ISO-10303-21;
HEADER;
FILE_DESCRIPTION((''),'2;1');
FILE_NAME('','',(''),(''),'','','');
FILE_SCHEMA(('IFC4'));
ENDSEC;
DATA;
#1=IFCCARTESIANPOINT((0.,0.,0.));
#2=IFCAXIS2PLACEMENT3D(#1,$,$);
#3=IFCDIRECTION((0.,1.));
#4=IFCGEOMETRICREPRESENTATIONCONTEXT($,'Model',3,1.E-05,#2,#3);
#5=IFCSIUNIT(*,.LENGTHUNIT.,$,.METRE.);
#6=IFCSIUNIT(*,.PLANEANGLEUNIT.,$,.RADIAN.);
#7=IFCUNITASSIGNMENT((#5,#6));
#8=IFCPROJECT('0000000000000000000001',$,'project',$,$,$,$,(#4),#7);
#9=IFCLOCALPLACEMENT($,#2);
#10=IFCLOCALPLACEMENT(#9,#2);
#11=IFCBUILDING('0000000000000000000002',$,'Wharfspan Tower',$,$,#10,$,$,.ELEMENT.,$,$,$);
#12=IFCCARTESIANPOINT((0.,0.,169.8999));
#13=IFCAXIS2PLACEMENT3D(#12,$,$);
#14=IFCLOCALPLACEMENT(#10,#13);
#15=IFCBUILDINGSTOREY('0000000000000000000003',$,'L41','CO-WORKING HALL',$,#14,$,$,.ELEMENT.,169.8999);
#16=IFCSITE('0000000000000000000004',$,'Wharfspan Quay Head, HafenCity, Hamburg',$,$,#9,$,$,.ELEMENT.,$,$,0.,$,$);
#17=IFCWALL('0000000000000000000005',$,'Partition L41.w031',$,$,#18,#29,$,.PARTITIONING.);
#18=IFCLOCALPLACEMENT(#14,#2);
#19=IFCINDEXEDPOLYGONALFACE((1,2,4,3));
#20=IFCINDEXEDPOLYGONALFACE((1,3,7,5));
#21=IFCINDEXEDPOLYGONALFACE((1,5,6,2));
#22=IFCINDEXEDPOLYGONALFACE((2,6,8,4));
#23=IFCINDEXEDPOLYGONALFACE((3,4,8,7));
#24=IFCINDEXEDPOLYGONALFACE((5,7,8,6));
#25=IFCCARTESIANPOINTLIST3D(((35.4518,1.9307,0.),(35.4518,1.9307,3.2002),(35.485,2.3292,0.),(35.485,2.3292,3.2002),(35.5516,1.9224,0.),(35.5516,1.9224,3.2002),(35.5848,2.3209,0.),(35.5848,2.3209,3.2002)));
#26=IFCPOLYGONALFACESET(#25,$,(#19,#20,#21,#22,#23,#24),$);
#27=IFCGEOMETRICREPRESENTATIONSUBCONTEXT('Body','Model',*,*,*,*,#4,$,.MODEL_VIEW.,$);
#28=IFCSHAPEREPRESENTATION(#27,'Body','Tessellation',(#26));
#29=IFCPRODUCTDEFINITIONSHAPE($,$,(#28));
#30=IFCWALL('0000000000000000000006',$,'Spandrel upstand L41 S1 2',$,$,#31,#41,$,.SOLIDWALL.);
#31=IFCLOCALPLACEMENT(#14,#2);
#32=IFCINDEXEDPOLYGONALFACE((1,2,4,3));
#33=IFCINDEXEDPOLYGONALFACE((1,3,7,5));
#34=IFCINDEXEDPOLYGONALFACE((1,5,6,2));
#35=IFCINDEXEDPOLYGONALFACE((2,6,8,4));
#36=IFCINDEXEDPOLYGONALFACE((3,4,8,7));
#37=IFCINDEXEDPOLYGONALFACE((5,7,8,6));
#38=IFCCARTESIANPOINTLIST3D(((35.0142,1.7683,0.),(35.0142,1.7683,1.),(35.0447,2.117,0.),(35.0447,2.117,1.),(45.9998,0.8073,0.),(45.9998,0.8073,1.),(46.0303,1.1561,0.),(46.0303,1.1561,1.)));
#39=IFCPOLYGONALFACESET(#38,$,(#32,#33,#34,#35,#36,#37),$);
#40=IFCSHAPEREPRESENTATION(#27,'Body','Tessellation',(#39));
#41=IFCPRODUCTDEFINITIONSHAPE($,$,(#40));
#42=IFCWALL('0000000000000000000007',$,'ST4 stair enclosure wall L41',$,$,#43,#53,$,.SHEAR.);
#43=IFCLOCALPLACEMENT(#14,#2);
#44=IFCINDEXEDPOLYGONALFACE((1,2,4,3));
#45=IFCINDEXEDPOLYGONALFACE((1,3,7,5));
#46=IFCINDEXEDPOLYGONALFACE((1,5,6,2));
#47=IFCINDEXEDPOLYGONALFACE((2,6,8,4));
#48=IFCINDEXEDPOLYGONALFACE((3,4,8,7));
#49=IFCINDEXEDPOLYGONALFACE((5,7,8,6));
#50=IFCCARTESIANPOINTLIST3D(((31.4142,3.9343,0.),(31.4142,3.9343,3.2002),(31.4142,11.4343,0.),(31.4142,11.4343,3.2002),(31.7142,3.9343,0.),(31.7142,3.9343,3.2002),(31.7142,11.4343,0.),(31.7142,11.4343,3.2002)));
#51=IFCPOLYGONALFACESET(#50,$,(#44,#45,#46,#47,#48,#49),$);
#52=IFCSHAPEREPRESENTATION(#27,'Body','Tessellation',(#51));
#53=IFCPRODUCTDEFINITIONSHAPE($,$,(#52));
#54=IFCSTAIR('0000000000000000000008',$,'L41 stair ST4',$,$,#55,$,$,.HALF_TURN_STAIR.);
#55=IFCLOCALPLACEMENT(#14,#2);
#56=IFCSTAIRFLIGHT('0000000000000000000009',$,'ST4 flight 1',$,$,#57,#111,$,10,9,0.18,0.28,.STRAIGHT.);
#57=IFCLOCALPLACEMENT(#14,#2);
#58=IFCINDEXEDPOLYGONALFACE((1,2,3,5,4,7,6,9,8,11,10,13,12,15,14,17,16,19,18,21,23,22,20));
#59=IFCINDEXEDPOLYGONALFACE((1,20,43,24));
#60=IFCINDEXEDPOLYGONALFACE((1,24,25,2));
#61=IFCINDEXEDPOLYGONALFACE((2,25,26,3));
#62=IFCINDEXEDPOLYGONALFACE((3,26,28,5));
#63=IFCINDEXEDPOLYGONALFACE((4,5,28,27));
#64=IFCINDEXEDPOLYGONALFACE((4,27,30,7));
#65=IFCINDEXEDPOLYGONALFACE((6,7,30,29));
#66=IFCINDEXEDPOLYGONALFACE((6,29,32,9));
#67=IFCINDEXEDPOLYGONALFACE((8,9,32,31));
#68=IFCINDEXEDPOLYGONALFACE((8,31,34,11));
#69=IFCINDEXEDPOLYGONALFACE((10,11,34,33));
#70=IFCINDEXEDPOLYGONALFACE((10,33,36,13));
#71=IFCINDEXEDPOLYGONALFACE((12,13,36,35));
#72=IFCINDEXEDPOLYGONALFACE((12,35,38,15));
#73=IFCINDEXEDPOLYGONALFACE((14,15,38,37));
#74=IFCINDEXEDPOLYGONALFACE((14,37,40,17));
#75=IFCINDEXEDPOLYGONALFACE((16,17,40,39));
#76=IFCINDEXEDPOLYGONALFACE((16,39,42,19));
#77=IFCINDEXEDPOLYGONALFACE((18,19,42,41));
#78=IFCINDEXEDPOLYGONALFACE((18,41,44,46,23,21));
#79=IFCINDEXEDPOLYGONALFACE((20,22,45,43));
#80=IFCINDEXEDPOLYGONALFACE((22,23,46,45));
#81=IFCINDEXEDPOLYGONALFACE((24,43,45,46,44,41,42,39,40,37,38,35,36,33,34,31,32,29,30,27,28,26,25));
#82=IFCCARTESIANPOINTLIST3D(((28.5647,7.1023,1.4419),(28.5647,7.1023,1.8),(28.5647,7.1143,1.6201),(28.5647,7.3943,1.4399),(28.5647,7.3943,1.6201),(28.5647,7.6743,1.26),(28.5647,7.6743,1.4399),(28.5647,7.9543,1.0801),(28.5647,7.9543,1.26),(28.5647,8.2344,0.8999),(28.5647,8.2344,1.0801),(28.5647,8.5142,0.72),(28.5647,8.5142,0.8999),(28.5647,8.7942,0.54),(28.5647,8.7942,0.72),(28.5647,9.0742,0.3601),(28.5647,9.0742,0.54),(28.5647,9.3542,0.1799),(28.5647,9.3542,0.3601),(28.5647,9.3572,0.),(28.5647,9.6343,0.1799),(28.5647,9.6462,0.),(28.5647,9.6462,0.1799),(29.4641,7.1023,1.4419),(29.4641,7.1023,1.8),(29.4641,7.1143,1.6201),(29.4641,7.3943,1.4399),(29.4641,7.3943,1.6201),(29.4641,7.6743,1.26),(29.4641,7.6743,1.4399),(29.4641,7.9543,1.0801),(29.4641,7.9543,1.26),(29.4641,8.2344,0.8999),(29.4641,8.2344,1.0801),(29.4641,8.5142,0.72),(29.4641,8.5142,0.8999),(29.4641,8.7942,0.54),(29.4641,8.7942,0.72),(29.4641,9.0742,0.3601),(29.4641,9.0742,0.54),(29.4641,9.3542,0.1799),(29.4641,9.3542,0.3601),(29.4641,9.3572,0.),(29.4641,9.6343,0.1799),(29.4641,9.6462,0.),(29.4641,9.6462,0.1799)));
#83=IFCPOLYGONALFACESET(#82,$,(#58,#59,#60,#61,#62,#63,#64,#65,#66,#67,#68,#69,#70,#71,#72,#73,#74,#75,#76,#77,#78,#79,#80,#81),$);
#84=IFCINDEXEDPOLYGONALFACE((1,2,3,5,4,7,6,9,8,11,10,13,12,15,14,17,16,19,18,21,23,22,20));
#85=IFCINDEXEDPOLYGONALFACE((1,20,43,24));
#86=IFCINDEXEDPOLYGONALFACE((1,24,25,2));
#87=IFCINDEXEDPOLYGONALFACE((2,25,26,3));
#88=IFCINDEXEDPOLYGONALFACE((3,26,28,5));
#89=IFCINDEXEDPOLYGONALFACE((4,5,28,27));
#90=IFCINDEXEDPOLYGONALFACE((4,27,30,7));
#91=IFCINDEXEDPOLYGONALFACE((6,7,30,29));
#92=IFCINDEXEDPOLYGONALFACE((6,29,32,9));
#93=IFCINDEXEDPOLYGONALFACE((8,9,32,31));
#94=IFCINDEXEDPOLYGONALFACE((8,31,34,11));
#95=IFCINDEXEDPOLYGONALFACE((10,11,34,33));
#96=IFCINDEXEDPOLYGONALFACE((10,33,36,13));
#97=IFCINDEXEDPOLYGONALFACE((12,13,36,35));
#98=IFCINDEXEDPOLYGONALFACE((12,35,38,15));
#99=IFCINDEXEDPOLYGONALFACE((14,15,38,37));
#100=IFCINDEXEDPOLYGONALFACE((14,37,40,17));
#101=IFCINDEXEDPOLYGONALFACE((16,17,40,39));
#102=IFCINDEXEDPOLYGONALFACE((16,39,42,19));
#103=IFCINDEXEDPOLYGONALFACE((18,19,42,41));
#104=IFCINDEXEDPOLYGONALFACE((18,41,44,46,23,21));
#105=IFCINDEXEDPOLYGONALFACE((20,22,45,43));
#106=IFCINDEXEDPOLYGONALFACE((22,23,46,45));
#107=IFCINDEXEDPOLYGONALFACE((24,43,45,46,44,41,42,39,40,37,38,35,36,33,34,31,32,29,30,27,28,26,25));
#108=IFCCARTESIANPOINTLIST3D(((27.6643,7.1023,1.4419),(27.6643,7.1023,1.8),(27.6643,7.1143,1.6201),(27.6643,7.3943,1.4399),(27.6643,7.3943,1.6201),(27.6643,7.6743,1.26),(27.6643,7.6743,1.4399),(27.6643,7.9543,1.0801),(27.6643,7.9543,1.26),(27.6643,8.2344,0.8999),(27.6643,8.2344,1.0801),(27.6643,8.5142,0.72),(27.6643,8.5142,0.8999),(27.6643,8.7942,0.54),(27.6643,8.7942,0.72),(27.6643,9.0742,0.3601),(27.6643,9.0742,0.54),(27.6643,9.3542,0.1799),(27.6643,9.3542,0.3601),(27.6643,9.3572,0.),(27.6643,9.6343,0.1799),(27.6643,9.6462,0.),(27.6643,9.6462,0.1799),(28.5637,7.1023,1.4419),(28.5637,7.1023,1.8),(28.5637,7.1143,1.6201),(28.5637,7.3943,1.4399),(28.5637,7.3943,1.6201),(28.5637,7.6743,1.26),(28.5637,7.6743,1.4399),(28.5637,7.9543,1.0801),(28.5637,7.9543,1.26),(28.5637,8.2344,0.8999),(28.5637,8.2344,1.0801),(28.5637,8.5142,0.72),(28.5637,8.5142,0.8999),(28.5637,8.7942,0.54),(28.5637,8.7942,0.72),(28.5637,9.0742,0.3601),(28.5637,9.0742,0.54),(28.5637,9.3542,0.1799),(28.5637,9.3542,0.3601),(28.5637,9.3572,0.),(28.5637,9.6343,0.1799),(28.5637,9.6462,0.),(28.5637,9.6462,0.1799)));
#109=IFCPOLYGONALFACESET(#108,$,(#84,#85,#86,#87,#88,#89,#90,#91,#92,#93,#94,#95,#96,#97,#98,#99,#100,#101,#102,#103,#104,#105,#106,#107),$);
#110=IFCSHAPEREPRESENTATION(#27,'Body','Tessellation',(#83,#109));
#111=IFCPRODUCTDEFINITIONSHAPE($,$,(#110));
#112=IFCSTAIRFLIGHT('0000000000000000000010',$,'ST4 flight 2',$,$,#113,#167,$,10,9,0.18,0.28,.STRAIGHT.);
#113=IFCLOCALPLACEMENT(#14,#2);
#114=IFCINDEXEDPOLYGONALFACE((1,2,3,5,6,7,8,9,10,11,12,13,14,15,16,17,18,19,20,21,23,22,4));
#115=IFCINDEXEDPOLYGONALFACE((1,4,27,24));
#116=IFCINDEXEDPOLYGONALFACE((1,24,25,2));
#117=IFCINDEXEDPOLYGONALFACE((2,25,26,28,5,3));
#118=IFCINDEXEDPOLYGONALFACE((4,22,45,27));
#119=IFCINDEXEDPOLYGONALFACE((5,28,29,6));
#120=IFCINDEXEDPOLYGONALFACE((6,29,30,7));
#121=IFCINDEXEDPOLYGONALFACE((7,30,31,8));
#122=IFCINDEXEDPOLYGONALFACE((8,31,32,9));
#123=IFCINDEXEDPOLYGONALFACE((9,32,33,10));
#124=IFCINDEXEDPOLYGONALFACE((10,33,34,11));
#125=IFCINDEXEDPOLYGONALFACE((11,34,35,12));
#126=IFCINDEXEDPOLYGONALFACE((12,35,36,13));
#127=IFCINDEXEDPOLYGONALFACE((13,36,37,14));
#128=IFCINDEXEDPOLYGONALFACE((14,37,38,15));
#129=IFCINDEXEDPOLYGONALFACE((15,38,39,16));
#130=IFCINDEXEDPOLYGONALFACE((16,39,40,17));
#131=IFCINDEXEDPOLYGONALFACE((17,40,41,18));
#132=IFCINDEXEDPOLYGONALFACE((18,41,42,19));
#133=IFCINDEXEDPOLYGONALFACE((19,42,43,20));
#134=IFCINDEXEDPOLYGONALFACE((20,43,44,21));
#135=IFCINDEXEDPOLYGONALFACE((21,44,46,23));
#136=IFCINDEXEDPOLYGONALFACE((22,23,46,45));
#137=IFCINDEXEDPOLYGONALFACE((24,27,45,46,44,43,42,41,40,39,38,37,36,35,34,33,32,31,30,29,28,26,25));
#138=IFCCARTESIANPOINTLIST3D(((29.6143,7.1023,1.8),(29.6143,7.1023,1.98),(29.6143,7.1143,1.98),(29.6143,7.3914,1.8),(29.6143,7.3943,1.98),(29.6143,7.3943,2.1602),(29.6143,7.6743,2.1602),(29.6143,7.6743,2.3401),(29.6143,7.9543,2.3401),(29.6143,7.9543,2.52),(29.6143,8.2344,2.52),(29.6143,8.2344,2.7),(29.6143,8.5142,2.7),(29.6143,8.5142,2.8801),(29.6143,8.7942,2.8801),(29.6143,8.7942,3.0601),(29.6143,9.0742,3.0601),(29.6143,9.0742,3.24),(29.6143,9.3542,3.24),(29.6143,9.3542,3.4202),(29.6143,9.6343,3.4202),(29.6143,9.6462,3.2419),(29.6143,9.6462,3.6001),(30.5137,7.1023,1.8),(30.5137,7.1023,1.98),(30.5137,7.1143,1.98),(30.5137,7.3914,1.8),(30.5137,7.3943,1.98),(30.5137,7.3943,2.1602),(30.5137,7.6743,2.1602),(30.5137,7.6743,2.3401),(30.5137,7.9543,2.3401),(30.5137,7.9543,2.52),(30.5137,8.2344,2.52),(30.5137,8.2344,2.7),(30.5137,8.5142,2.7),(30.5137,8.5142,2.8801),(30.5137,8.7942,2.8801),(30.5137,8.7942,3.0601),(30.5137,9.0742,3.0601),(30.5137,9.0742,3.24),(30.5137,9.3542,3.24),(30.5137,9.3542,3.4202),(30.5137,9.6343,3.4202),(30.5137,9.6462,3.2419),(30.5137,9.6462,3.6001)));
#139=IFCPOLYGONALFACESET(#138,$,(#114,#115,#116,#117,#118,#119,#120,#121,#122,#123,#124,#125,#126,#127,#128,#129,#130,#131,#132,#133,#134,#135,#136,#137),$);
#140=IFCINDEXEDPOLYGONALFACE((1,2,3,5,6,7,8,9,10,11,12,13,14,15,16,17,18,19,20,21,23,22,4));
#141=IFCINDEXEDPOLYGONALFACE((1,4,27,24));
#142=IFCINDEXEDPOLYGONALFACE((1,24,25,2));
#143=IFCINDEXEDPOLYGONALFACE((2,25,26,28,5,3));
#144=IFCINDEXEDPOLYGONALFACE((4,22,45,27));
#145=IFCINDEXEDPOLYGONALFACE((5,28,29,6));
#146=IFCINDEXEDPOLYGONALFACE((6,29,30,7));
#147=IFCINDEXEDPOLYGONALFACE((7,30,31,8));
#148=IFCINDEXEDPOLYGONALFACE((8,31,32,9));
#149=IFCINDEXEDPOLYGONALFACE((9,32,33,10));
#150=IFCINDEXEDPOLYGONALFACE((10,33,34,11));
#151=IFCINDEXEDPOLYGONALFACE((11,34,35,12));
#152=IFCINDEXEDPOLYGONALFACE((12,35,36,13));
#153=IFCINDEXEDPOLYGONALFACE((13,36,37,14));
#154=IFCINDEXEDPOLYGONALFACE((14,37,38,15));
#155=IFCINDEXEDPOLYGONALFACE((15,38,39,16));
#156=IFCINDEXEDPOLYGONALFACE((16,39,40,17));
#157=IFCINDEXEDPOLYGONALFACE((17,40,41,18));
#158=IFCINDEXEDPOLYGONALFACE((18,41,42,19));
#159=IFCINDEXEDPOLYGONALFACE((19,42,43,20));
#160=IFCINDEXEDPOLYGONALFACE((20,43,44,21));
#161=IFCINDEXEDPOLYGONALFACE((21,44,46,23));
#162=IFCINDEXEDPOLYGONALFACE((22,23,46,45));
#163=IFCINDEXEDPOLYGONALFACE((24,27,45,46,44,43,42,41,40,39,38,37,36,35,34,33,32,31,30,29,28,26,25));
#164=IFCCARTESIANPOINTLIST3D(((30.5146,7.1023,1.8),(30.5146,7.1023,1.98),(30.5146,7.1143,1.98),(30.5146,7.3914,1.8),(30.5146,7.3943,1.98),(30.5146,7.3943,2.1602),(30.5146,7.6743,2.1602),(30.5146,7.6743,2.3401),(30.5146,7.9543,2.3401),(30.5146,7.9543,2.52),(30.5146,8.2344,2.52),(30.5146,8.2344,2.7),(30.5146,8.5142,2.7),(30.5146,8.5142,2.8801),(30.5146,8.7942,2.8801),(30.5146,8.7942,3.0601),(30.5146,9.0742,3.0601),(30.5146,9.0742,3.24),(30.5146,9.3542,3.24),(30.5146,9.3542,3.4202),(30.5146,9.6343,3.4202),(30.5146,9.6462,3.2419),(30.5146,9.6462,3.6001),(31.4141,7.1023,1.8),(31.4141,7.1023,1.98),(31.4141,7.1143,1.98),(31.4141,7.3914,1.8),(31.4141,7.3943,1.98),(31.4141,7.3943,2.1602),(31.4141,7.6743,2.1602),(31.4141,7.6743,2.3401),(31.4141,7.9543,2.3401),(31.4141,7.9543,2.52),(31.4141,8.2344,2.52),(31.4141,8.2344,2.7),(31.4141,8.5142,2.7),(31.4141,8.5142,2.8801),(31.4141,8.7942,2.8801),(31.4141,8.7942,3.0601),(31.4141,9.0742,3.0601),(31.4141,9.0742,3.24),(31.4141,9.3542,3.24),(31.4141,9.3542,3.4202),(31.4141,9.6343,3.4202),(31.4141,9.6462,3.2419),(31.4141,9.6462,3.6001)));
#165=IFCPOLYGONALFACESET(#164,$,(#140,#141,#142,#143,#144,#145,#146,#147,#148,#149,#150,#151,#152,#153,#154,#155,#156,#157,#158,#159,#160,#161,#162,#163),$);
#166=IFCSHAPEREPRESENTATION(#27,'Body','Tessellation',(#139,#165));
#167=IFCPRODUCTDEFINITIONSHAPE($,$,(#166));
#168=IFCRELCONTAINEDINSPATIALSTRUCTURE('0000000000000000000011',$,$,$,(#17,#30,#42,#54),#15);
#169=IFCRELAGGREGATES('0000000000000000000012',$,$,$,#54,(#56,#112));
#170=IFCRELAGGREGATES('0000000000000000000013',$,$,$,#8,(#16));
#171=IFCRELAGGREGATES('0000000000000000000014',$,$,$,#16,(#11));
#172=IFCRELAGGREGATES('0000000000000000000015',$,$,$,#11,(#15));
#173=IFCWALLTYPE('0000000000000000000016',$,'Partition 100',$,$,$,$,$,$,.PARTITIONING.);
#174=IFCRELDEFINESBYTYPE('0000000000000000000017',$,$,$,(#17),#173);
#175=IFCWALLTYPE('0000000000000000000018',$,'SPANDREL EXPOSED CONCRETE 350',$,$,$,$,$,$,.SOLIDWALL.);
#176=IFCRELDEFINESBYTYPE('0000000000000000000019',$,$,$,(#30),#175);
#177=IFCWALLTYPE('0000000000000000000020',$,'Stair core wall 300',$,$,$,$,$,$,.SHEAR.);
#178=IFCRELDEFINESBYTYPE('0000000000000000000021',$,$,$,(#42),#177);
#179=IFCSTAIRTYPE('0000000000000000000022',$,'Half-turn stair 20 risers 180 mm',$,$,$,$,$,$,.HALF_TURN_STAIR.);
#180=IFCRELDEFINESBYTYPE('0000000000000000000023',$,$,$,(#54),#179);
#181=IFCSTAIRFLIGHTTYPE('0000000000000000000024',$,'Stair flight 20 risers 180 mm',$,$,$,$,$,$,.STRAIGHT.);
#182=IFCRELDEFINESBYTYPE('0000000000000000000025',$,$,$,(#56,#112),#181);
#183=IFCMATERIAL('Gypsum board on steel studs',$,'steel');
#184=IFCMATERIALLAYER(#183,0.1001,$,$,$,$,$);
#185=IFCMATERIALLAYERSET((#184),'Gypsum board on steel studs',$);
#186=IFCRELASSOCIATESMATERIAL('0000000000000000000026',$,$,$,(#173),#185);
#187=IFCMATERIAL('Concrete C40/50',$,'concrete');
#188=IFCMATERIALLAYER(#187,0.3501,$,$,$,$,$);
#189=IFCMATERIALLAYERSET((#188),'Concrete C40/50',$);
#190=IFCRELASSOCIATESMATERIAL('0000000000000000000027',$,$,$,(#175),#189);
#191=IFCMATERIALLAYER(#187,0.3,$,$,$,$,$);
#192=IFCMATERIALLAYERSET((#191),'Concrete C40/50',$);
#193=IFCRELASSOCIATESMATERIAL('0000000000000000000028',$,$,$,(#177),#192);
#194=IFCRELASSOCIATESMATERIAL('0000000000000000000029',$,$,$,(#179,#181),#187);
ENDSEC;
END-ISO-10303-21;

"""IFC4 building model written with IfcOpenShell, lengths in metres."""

from ifc_helpers import new_model, si_unit, direction, frame, frame_2d, origin, place, context, subcontext, project, spatial, polyline, rectangle, outline, extrude, material, layer, layer_set, type_object, element, aggregate, save


model = new_model("IFC4")

# Units and contexts
model_context = context("Model", 3, precision=1e-05, world=origin(), true_north=direction((0.0, 1.0)))
body_context = subcontext(model_context, "Body", "Model", "MODEL_VIEW")
ifc_project = project(units=[si_unit("LENGTHUNIT", "METRE"), si_unit("PLANEANGLEUNIT", "RADIAN")], contexts=[model_context])

# Site, building, storey
site_placement = place(None, origin())
site = spatial("IfcSite", under=ifc_project, at=site_placement, Name="Wharfspan Quay Head, HafenCity, Hamburg", CompositionType="ELEMENT", RefElevation=0.0)
building_placement = place(site_placement, origin())
building = spatial("IfcBuilding", under=site, at=building_placement, Name="Wharfspan Tower", CompositionType="ELEMENT")
storey_placement = place(building_placement, frame((0.0, 0.0, 169.8999)))
storey = spatial("IfcBuildingStorey", under=building, at=storey_placement, Name="L41", Description="CO-WORKING HALL", CompositionType="ELEMENT", Elevation=169.8999)

# Shared definitions
ifc_material_1 = material(Name="Gypsum board on steel studs", Category="steel")

# Walls
ifc_layer_1 = layer(ifc_material_1, 0.1001)
ifc_layer_set_1 = layer_set([ifc_layer_1], Name="Gypsum board on steel studs")
wall_type_1 = type_object("IfcWallType", Name="Partition 100", PredefinedType="PARTITIONING", material=ifc_layer_set_1)
wall_1_placement = place(storey_placement, frame((35.5017, 1.9265, 0.0), z_axis=(0.0, 0.0, 1.0), x_axis=(0.083045, 0.996542, 0.0)))
element("IfcWall", 1, at=wall_1_placement, inside=storey, type_object=wall_type_1, Name="Partition L41.w031", PredefinedType="PARTITIONING", context=body_context, shape_type="SweptSolid", body=[
    extrude(rectangle(XDim=0.3999, YDim=0.1001, at=frame_2d((0.2, 0.0))), origin(), (0.0, 0.0, 1.0), 3.2002),
])
ifc_material_2 = material(Name="Concrete C40/50", Category="concrete")
ifc_layer_2 = layer(ifc_material_2, 0.3501)
ifc_layer_set_2 = layer_set([ifc_layer_2], Name="Concrete C40/50")
wall_type_2 = type_object("IfcWallType", Name="SPANDREL EXPOSED CONCRETE 350", PredefinedType="SOLIDWALL", material=ifc_layer_set_2)
wall_2_placement = place(storey_placement, frame((35.0295, 1.9426, 0.0), z_axis=(0.0, 0.0, 1.0), x_axis=(0.996199, -0.08714, 0.0)))
element("IfcWall", 2, at=wall_2_placement, inside=storey, type_object=wall_type_2, Name="Spandrel upstand L41 S1 2", PredefinedType="SOLIDWALL", context=body_context, shape_type="SweptSolid", body=[
    extrude(rectangle(XDim=11.0276, YDim=0.3501, at=frame_2d((5.5137, 0.0))), origin(), (0.0, 0.0, 1.0), 1.0),
])
ifc_layer_3 = layer(ifc_material_2, 0.3)
ifc_layer_set_3 = layer_set([ifc_layer_3], Name="Concrete C40/50")
wall_type_3 = type_object("IfcWallType", Name="Stair core wall 300", PredefinedType="SHEAR", material=ifc_layer_set_3)
wall_3_placement = place(storey_placement, frame((31.5642, 3.9343, 0.0), z_axis=(0.0, 0.0, 1.0), x_axis=(0.0, 1.0, 0.0)))
element("IfcWall", 3, at=wall_3_placement, inside=storey, type_object=wall_type_3, Name="ST4 stair enclosure wall L41", PredefinedType="SHEAR", context=body_context, shape_type="SweptSolid", body=[
    extrude(rectangle(XDim=7.5, YDim=0.3, at=frame_2d((3.75, 0.0))), origin(), (0.0, 0.0, 1.0), 3.2002),
])

# Stair, stair flights
stair_type = type_object("IfcStairType", Name="Half-turn stair 20 risers 180 mm", PredefinedType="HALF_TURN_STAIR", material=ifc_material_2)
stair_placement = place(storey_placement, origin())
stair = element("IfcStair", 4, at=stair_placement, inside=storey, type_object=stair_type, Name="L41 stair ST4", PredefinedType="HALF_TURN_STAIR")
stair_flight_type = type_object("IfcStairFlightType", Name="Stair flight 20 risers 180 mm", PredefinedType="STRAIGHT", material=ifc_material_2)
stair_flight_1_placement = place(storey_placement, frame((28.5642, 9.6343, 0.0), z_axis=(0.0, 0.0, 1.0), x_axis=(0.0, -1.0, 0.0)))
stair_flight_1 = element("IfcStairFlight", 5, at=stair_flight_1_placement, type_object=stair_flight_type, Name="ST4 flight 1", NumberOfRisers=10, NumberOfTreads=9, PredefinedType="STRAIGHT", RiserHeight=0.18, TreadLength=0.28, context=body_context, shape_type="SweptSolid", body=[
    extrude(outline(polyline([(-0.012, 0.0), (-0.012, 0.1799), (0.0, 0.1799), (0.28, 0.1799), (0.28, 0.3601), (0.5601, 0.3601), (0.5601, 0.54), (0.8401, 0.54), (0.8401, 0.72), (1.1201, 0.72), (1.1201, 0.8999), (1.3999, 0.8999), (1.3999, 1.0801), (1.6799, 1.0801), (1.6799, 1.26), (1.96, 1.26), (1.96, 1.4399), (2.24, 1.4399), (2.24, 1.6201), (2.52, 1.6201), (2.532, 1.8), (2.532, 1.4419), (0.2771, 0.0), (-0.012, 0.0)])), frame((0.0, 0.8999, 0.0), z_axis=(0.0, -1.0, 0.0), x_axis=(1.0, 0.0, 0.0)), (0.0, 0.0, 1.0), 0.8994),
    extrude(outline(polyline([(-0.012, 0.0), (-0.012, 0.1799), (0.0, 0.1799), (0.28, 0.1799), (0.28, 0.3601), (0.5601, 0.3601), (0.5601, 0.54), (0.8401, 0.54), (0.8401, 0.72), (1.1201, 0.72), (1.1201, 0.8999), (1.3999, 0.8999), (1.3999, 1.0801), (1.6799, 1.0801), (1.6799, 1.26), (1.96, 1.26), (1.96, 1.4399), (2.24, 1.4399), (2.24, 1.6201), (2.52, 1.6201), (2.532, 1.8), (2.532, 1.4419), (0.2771, 0.0), (-0.012, 0.0)])), frame((0.0, -0.0005, 0.0), z_axis=(0.0, -1.0, 0.0), x_axis=(1.0, 0.0, 0.0)), (0.0, 0.0, 1.0), 0.8994),
])
stair_flight_2_placement = place(storey_placement, frame((30.5142, 7.1143, 1.8), z_axis=(0.0, 0.0, 1.0), x_axis=(0.0, 1.0, 0.0)))
stair_flight_2 = element("IfcStairFlight", 6, at=stair_flight_2_placement, type_object=stair_flight_type, Name="ST4 flight 2", NumberOfRisers=10, NumberOfTreads=9, PredefinedType="STRAIGHT", RiserHeight=0.18, TreadLength=0.28, context=body_context, shape_type="SweptSolid", body=[
    extrude(outline(polyline([(-0.012, 0.0), (-0.012, 0.1799), (0.0, 0.1799), (0.28, 0.1799), (0.28, 0.3601), (0.5601, 0.3601), (0.5601, 0.54), (0.8401, 0.54), (0.8401, 0.72), (1.1201, 0.72), (1.1201, 0.8999), (1.3999, 0.8999), (1.3999, 1.0801), (1.6799, 1.0801), (1.6799, 1.26), (1.96, 1.26), (1.96, 1.4399), (2.24, 1.4399), (2.24, 1.6201), (2.52, 1.6201), (2.532, 1.8), (2.532, 1.4419), (0.2771, 0.0), (-0.012, 0.0)])), frame((0.0, 0.8999, 0.0), z_axis=(0.0, -1.0, 0.0), x_axis=(1.0, 0.0, 0.0)), (0.0, 0.0, 1.0), 0.8994),
    extrude(outline(polyline([(-0.012, 0.0), (-0.012, 0.1799), (0.0, 0.1799), (0.28, 0.1799), (0.28, 0.3601), (0.5601, 0.3601), (0.5601, 0.54), (0.8401, 0.54), (0.8401, 0.72), (1.1201, 0.72), (1.1201, 0.8999), (1.3999, 0.8999), (1.3999, 1.0801), (1.6799, 1.0801), (1.6799, 1.26), (1.96, 1.26), (1.96, 1.4399), (2.24, 1.4399), (2.24, 1.6201), (2.52, 1.6201), (2.532, 1.8), (2.532, 1.4419), (0.2771, 0.0), (-0.012, 0.0)])), frame((0.0, -0.0005, 0.0), z_axis=(0.0, -1.0, 0.0), x_axis=(1.0, 0.0, 0.0)), (0.0, 0.0, 1.0), 0.8994),
])
aggregate(stair, [stair_flight_1, stair_flight_2])

save(model, "model.ifc")
